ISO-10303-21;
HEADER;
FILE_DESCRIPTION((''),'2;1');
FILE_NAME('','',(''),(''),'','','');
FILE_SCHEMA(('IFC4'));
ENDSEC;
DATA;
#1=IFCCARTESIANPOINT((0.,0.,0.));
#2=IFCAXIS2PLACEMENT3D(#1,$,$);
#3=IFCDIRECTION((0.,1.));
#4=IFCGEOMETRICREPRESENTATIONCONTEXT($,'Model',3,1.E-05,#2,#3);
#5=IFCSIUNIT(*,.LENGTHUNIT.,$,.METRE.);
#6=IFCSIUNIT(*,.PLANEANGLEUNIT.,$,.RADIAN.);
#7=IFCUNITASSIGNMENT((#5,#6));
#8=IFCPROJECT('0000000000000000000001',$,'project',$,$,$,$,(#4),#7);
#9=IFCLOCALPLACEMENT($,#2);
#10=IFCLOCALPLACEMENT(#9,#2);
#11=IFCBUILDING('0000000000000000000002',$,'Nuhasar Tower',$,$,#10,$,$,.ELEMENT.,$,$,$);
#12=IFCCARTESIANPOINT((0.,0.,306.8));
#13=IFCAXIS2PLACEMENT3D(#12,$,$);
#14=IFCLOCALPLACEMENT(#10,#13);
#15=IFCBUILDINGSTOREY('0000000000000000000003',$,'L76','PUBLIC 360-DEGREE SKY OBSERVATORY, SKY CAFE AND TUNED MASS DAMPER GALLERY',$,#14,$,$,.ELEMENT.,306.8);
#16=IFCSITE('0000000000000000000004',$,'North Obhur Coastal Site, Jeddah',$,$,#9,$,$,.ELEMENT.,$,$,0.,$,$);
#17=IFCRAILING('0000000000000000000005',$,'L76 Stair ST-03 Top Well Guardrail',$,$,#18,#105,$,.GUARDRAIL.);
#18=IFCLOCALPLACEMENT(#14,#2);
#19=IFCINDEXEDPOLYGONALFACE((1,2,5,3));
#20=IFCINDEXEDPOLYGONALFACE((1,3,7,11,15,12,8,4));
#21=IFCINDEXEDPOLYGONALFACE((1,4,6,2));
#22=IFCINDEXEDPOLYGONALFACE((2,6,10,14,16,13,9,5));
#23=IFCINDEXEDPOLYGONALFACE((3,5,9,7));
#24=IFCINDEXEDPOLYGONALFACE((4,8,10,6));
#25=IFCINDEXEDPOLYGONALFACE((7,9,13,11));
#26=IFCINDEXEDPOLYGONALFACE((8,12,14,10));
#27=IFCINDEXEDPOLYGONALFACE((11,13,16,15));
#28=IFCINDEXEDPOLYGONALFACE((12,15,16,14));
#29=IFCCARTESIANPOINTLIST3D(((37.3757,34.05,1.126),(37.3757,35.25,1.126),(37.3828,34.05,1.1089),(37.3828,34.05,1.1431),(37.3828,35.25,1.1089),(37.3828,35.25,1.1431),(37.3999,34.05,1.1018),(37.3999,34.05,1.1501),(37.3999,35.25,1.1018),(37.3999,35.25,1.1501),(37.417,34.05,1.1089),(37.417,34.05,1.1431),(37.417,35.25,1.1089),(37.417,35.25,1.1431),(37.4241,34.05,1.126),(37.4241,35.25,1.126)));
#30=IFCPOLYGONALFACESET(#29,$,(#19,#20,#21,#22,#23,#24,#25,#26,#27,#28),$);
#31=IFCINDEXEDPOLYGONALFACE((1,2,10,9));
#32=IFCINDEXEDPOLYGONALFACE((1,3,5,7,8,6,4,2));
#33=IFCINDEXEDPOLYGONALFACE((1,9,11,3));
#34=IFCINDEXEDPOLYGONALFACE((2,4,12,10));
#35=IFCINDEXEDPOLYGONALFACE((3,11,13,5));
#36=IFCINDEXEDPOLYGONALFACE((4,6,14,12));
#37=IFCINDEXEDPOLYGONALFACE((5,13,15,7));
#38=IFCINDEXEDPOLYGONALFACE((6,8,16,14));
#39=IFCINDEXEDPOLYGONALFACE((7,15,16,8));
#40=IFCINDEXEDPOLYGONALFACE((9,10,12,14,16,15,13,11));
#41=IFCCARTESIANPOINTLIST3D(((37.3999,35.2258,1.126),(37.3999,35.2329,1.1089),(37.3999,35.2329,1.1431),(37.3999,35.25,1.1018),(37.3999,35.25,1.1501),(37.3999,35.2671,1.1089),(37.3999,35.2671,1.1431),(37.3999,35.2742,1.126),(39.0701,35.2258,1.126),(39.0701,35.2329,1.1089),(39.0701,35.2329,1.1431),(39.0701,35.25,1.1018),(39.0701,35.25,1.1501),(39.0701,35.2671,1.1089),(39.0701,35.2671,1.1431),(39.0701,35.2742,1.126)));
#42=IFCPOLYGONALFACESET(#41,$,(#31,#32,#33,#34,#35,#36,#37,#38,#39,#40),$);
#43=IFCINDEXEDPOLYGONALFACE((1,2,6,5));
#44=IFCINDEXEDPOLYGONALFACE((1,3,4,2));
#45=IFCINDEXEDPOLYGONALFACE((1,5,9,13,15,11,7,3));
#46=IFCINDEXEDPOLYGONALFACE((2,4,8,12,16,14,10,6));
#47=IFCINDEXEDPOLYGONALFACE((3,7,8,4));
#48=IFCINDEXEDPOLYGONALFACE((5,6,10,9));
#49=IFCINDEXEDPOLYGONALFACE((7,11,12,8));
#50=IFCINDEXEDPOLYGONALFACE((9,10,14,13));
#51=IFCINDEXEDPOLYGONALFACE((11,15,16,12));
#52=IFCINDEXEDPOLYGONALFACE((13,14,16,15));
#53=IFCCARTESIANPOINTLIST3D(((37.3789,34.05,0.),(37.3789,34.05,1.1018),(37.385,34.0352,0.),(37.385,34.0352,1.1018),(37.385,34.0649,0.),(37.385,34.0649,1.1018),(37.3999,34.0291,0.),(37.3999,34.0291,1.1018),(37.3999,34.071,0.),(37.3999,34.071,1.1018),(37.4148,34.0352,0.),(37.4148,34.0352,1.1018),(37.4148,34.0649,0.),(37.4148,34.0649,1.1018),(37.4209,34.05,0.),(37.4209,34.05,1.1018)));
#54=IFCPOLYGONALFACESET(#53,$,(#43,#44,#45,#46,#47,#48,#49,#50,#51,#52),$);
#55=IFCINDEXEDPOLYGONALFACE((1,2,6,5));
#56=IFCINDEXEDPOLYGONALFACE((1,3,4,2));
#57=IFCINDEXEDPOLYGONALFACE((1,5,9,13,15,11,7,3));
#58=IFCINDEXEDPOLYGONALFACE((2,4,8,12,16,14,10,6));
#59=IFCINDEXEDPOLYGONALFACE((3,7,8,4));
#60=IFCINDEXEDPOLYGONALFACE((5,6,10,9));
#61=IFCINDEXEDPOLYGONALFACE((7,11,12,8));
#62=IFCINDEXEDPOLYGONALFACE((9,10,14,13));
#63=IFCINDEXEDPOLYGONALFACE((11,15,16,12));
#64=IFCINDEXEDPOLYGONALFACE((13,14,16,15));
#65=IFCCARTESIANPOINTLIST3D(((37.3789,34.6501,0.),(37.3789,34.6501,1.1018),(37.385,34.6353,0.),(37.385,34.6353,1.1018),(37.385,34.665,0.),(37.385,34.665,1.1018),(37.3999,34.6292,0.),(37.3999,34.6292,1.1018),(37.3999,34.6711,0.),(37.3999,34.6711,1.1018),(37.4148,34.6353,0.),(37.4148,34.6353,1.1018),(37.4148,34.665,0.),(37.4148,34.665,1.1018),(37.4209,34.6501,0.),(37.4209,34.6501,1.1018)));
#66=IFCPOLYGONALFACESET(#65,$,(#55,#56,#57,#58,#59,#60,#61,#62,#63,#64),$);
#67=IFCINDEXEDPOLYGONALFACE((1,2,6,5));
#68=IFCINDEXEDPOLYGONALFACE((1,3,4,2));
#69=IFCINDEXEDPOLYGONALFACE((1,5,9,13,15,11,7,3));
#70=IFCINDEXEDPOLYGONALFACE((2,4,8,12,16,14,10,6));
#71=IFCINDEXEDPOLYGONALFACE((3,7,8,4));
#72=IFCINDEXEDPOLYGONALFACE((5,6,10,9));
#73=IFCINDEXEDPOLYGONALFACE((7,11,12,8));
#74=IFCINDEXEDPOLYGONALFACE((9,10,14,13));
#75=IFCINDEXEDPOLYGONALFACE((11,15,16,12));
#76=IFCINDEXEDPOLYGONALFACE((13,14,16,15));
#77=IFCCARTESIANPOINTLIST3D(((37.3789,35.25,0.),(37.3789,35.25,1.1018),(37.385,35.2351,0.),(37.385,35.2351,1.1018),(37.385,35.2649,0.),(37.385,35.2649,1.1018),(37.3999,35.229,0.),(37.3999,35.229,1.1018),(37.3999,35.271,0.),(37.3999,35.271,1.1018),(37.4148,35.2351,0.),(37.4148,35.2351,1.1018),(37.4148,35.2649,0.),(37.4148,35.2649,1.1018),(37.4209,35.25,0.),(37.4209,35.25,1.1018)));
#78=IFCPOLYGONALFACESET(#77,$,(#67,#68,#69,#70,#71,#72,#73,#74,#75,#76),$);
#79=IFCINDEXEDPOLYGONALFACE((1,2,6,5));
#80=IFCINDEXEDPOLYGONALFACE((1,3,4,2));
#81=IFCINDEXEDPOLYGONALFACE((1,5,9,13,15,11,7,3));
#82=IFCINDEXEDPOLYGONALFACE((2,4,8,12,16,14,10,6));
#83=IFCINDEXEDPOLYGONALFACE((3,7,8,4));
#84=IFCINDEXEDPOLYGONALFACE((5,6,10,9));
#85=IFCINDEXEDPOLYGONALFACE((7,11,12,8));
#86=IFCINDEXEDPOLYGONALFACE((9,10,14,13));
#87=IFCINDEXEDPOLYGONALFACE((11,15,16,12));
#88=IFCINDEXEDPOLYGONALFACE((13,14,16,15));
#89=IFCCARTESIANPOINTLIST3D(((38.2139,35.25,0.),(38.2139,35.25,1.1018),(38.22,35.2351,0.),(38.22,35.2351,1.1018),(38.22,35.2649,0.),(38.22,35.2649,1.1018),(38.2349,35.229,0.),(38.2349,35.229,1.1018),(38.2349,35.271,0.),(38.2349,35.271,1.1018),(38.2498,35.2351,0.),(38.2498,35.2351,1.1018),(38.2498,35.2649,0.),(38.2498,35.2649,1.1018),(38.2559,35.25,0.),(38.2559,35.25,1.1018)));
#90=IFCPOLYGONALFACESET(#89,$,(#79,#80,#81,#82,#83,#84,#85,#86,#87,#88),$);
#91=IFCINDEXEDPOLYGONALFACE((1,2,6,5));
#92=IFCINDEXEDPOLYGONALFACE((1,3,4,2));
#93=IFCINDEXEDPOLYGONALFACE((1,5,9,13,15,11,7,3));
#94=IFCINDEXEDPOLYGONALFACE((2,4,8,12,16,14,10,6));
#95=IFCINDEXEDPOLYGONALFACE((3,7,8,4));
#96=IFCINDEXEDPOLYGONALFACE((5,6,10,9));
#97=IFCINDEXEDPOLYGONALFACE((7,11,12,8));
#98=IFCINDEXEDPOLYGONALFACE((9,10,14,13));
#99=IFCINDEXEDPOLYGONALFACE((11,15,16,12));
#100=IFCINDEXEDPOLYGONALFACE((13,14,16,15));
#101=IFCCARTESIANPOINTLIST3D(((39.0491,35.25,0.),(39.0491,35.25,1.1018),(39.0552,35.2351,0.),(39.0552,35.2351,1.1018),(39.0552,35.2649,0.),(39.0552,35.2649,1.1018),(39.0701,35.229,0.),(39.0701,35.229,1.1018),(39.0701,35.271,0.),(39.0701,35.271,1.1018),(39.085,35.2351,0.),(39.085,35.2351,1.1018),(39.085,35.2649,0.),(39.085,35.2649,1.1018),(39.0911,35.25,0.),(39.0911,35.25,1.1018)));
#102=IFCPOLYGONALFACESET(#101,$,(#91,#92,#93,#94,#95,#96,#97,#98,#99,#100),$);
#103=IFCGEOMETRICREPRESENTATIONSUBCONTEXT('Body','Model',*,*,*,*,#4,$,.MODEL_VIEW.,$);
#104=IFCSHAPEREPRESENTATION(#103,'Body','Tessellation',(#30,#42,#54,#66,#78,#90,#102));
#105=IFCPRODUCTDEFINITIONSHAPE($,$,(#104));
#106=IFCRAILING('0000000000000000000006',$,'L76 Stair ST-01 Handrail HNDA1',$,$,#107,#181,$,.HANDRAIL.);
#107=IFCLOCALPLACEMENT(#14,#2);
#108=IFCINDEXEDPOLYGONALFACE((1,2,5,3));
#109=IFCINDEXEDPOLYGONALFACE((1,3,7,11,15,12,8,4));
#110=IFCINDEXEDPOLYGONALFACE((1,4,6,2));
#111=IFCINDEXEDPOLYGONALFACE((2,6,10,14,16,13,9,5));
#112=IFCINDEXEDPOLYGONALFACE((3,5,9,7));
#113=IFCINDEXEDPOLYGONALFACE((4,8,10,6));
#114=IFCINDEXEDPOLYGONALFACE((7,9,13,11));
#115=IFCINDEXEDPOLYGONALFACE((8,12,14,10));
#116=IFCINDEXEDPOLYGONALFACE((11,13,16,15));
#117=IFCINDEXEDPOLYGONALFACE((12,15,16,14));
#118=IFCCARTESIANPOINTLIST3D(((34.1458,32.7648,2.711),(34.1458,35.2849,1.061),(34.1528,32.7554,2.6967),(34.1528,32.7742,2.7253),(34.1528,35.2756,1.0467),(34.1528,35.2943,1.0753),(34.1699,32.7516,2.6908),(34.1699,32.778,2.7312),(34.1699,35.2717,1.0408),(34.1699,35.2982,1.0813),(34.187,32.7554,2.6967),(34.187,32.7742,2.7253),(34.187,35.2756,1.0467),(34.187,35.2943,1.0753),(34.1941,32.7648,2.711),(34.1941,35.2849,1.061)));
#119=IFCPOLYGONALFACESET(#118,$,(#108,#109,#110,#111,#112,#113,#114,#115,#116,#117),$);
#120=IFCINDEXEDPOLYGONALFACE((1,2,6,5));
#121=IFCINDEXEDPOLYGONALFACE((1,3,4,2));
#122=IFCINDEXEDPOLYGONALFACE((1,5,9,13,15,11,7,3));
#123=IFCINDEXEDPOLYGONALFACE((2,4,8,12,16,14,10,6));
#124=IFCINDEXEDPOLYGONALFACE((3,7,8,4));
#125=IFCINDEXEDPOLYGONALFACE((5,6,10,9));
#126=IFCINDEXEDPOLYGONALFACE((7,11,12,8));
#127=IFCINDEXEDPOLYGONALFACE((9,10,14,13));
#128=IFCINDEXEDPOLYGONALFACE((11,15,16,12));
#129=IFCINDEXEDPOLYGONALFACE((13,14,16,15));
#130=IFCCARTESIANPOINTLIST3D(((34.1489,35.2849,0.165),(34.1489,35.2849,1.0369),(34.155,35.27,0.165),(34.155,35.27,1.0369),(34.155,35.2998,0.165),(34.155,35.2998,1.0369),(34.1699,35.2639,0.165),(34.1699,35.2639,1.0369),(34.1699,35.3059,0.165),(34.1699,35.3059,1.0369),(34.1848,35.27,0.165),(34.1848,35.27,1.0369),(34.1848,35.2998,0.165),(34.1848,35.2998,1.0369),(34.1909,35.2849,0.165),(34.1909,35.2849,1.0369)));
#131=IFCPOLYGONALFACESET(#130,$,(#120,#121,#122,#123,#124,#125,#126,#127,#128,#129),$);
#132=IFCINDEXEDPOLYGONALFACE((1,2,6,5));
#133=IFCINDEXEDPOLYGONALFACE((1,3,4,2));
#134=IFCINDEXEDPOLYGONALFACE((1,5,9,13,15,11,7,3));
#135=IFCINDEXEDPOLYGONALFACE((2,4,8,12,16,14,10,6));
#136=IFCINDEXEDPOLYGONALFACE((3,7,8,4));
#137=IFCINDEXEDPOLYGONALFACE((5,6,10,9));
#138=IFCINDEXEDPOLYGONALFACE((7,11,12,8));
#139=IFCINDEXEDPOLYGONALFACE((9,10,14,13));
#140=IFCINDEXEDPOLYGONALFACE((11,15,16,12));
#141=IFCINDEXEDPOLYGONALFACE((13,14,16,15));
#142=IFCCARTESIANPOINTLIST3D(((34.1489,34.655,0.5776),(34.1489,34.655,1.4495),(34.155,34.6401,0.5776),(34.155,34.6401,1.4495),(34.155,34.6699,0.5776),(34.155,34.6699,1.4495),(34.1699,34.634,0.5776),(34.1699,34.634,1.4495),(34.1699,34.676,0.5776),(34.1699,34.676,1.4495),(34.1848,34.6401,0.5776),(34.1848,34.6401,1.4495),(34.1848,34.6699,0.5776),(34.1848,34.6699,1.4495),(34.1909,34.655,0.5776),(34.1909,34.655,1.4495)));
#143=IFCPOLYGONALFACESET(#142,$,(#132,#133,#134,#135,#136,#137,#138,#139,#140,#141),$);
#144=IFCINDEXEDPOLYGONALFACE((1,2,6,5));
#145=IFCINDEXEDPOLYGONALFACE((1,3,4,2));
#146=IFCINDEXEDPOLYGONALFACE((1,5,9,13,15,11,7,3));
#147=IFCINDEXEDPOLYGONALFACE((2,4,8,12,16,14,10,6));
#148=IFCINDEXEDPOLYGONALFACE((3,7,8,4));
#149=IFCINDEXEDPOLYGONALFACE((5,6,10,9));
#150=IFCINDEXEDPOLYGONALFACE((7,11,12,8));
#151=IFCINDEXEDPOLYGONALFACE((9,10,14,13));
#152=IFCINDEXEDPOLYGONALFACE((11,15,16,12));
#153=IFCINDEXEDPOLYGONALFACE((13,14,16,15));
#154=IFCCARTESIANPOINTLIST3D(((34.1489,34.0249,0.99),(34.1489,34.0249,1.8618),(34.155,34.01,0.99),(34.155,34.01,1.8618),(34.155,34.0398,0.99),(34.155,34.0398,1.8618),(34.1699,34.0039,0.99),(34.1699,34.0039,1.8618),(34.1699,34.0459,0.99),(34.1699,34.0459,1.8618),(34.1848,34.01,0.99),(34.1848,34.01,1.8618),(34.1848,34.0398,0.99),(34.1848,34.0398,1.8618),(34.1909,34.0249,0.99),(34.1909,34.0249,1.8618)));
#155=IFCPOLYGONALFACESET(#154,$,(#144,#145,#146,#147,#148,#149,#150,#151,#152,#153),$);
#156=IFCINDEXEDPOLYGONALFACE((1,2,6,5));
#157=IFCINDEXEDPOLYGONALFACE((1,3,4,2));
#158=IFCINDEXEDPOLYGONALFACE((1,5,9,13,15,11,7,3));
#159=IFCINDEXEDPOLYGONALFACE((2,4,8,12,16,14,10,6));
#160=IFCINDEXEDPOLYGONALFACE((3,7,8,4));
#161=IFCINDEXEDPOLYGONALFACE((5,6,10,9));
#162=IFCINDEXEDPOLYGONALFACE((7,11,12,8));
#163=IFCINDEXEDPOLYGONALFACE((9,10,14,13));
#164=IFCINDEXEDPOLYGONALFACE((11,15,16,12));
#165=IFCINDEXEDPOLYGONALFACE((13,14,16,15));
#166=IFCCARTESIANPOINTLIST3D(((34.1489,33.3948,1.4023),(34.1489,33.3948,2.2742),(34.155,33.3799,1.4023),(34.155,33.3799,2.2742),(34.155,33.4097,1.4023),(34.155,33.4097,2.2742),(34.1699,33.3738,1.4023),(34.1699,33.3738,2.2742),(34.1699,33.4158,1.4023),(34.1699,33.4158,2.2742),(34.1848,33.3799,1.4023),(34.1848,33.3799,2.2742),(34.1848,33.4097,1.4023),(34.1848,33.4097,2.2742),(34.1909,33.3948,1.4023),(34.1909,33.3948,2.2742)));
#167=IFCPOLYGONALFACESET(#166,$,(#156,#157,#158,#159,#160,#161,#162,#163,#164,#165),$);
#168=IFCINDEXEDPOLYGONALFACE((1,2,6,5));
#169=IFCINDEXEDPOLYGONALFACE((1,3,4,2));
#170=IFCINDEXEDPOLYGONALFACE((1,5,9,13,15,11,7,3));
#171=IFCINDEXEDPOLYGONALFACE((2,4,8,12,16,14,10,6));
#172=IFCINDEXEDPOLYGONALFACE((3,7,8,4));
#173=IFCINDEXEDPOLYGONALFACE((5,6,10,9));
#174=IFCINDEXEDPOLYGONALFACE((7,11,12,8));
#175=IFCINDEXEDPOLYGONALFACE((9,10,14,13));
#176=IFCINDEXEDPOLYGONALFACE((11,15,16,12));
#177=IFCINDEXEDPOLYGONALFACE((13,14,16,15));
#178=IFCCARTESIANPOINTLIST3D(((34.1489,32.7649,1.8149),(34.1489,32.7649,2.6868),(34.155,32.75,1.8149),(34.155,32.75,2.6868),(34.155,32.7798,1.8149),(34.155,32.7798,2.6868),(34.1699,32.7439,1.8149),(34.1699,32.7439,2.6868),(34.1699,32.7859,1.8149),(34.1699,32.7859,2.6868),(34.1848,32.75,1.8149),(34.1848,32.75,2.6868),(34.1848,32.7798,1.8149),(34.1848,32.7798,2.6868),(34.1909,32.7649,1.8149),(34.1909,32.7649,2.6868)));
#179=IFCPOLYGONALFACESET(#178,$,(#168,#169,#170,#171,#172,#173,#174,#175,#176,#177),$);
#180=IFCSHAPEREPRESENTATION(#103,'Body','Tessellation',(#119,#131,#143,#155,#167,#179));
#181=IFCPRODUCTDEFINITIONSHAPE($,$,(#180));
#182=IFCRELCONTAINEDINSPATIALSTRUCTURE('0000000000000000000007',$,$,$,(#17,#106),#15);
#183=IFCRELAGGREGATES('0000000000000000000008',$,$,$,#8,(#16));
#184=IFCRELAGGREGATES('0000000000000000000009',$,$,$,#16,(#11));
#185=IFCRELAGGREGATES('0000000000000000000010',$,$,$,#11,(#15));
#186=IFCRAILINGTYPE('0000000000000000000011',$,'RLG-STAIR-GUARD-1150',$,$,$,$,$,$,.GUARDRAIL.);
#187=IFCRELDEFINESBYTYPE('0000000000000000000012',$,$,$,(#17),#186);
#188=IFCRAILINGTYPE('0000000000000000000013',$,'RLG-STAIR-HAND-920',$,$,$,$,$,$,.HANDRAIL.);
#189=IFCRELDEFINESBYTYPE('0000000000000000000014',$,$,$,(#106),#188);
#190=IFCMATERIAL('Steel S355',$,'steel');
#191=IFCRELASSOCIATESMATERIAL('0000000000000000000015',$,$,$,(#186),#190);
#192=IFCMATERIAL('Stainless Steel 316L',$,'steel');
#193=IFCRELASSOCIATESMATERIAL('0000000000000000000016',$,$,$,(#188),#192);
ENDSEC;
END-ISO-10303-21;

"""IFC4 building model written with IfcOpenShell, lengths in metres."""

from ifc_helpers import new_model, si_unit, direction, frame, origin, place, context, subcontext, project, spatial, polyline, outline, extrude, material, type_object, element, save


model = new_model("IFC4")

# Units and contexts
model_context = context("Model", 3, precision=1e-05, world=origin(), true_north=direction((0.0, 1.0)))
body_context = subcontext(model_context, "Body", "Model", "MODEL_VIEW")
ifc_project = project(units=[si_unit("LENGTHUNIT", "METRE"), si_unit("PLANEANGLEUNIT", "RADIAN")], contexts=[model_context])

# Site, building, storey
site_placement = place(None, origin())
site = spatial("IfcSite", under=ifc_project, at=site_placement, Name="North Obhur Coastal Site, Jeddah", CompositionType="ELEMENT", RefElevation=0.0)
building_placement = place(site_placement, origin())
building = spatial("IfcBuilding", under=site, at=building_placement, Name="Nuhasar Tower", CompositionType="ELEMENT")
storey_placement = place(building_placement, frame((0.0, 0.0, 306.8)))
storey = spatial("IfcBuildingStorey", under=building, at=storey_placement, Name="L76", Description="PUBLIC 360-DEGREE SKY OBSERVATORY, SKY CAFE AND TUNED MASS DAMPER GALLERY", CompositionType="ELEMENT", Elevation=306.8)

# Shared definitions
ifc_material_1 = material(Name="Steel S355", Category="steel")

# Railings
railing_type_1 = type_object("IfcRailingType", Name="RLG-STAIR-GUARD-1150", PredefinedType="GUARDRAIL", material=ifc_material_1)
railing_1_placement = place(storey_placement, frame((37.3999, 34.05, 0.0)))
element("IfcRailing", 1, at=railing_1_placement, inside=storey, type_object=railing_type_1, Name="L76 Stair ST-03 Top Well Guardrail", PredefinedType="GUARDRAIL", context=body_context, shape_type="SweptSolid", body=[
    extrude(outline(polyline([(0.0242, 0.0), (0.0171, 0.0171), (0.0, 0.0242), (-0.0171, 0.0171), (-0.0242, 0.0), (-0.0171, -0.0171), (0.0, -0.0242), (0.0171, -0.0171), (0.0242, 0.0)])), frame((0.0, 0.0, 1.126), z_axis=(0.0, 1.0, 0.0), x_axis=(-1.0, 0.0, 0.0)), (0.0, 0.0, 1.0), 1.2),
    extrude(outline(polyline([(0.0242, 0.0), (0.0171, 0.0171), (0.0, 0.0242), (-0.0171, 0.0171), (-0.0242, 0.0), (-0.0171, -0.0171), (0.0, -0.0242), (0.0171, -0.0171), (0.0242, 0.0)])), frame((0.0, 1.2, 1.126), z_axis=(1.0, 0.0, 0.0), x_axis=(0.0, 1.0, 0.0)), (0.0, 0.0, 1.0), 1.6702),
    extrude(outline(polyline([(0.021, 0.0), (0.0149, 0.0149), (0.0, 0.021), (-0.0149, 0.0149), (-0.021, 0.0), (-0.0149, -0.0149), (0.0, -0.021), (0.0149, -0.0149), (0.021, 0.0)])), origin(), (0.0, 0.0, 1.0), 1.1018),
    extrude(outline(polyline([(0.021, 0.0), (0.0149, 0.0149), (0.0, 0.021), (-0.0149, 0.0149), (-0.021, 0.0), (-0.0149, -0.0149), (0.0, -0.021), (0.0149, -0.0149), (0.021, 0.0)])), frame((0.0, 0.6001, 0.0)), (0.0, 0.0, 1.0), 1.1018),
    extrude(outline(polyline([(0.021, 0.0), (0.0149, 0.0149), (0.0, 0.021), (-0.0149, 0.0149), (-0.021, 0.0), (-0.0149, -0.0149), (0.0, -0.021), (0.0149, -0.0149), (0.021, 0.0)])), frame((0.0, 1.2, 0.0)), (0.0, 0.0, 1.0), 1.1018),
    extrude(outline(polyline([(0.021, 0.0), (0.0149, 0.0149), (0.0, 0.021), (-0.0149, 0.0149), (-0.021, 0.0), (-0.0149, -0.0149), (0.0, -0.021), (0.0149, -0.0149), (0.021, 0.0)])), frame((0.835, 1.2, 0.0)), (0.0, 0.0, 1.0), 1.1018),
    extrude(outline(polyline([(0.021, 0.0), (0.0149, 0.0149), (0.0, 0.021), (-0.0149, 0.0149), (-0.021, 0.0), (-0.0149, -0.0149), (0.0, -0.021), (0.0149, -0.0149), (0.021, 0.0)])), frame((1.6702, 1.2, 0.0)), (0.0, 0.0, 1.0), 1.1018),
])
ifc_material_2 = material(Name="Stainless Steel 316L", Category="steel")
railing_type_2 = type_object("IfcRailingType", Name="RLG-STAIR-HAND-920", PredefinedType="HANDRAIL", material=ifc_material_2)
railing_2_placement = place(storey_placement, frame((34.1699, 35.2849, 0.165)))
element("IfcRailing", 2, at=railing_2_placement, inside=storey, type_object=railing_type_2, Name="L76 Stair ST-01 Handrail HNDA1", PredefinedType="HANDRAIL", context=body_context, shape_type="SweptSolid", body=[
    extrude(outline(polyline([(0.0242, 0.0), (0.0171, 0.0171), (0.0, 0.0242), (-0.0171, 0.0171), (-0.0242, 0.0), (-0.0171, -0.0171), (0.0, -0.0242), (0.0171, -0.0171), (0.0242, 0.0)])), frame((0.0, 0.0, 0.896), z_axis=(0.0, -0.836635, 0.54776), x_axis=(1.0, 0.0, 0.0)), (0.0, 0.0, 1.0), 3.0122),
    extrude(outline(polyline([(0.021, 0.0), (0.0149, 0.0149), (0.0, 0.021), (-0.0149, 0.0149), (-0.021, 0.0), (-0.0149, -0.0149), (0.0, -0.021), (0.0149, -0.0149), (0.021, 0.0)])), origin(), (0.0, 0.0, 1.0), 0.8718),
    extrude(outline(polyline([(0.021, 0.0), (0.0149, 0.0149), (0.0, 0.021), (-0.0149, 0.0149), (-0.021, 0.0), (-0.0149, -0.0149), (0.0, -0.021), (0.0149, -0.0149), (0.021, 0.0)])), frame((0.0, -0.6299, 0.4126)), (0.0, 0.0, 1.0), 0.8718),
    extrude(outline(polyline([(0.021, 0.0), (0.0149, 0.0149), (0.0, 0.021), (-0.0149, 0.0149), (-0.021, 0.0), (-0.0149, -0.0149), (0.0, -0.021), (0.0149, -0.0149), (0.021, 0.0)])), frame((0.0, -1.26, 0.825)), (0.0, 0.0, 1.0), 0.8718),
    extrude(outline(polyline([(0.021, 0.0), (0.0149, 0.0149), (0.0, 0.021), (-0.0149, 0.0149), (-0.021, 0.0), (-0.0149, -0.0149), (0.0, -0.021), (0.0149, -0.0149), (0.021, 0.0)])), frame((0.0, -1.8901, 1.2373)), (0.0, 0.0, 1.0), 0.8718),
    extrude(outline(polyline([(0.021, 0.0), (0.0149, 0.0149), (0.0, 0.021), (-0.0149, 0.0149), (-0.021, 0.0), (-0.0149, -0.0149), (0.0, -0.021), (0.0149, -0.0149), (0.021, 0.0)])), frame((0.0, -2.52, 1.6499)), (0.0, 0.0, 1.0), 0.8718),
])

save(model, "model.ifc")
